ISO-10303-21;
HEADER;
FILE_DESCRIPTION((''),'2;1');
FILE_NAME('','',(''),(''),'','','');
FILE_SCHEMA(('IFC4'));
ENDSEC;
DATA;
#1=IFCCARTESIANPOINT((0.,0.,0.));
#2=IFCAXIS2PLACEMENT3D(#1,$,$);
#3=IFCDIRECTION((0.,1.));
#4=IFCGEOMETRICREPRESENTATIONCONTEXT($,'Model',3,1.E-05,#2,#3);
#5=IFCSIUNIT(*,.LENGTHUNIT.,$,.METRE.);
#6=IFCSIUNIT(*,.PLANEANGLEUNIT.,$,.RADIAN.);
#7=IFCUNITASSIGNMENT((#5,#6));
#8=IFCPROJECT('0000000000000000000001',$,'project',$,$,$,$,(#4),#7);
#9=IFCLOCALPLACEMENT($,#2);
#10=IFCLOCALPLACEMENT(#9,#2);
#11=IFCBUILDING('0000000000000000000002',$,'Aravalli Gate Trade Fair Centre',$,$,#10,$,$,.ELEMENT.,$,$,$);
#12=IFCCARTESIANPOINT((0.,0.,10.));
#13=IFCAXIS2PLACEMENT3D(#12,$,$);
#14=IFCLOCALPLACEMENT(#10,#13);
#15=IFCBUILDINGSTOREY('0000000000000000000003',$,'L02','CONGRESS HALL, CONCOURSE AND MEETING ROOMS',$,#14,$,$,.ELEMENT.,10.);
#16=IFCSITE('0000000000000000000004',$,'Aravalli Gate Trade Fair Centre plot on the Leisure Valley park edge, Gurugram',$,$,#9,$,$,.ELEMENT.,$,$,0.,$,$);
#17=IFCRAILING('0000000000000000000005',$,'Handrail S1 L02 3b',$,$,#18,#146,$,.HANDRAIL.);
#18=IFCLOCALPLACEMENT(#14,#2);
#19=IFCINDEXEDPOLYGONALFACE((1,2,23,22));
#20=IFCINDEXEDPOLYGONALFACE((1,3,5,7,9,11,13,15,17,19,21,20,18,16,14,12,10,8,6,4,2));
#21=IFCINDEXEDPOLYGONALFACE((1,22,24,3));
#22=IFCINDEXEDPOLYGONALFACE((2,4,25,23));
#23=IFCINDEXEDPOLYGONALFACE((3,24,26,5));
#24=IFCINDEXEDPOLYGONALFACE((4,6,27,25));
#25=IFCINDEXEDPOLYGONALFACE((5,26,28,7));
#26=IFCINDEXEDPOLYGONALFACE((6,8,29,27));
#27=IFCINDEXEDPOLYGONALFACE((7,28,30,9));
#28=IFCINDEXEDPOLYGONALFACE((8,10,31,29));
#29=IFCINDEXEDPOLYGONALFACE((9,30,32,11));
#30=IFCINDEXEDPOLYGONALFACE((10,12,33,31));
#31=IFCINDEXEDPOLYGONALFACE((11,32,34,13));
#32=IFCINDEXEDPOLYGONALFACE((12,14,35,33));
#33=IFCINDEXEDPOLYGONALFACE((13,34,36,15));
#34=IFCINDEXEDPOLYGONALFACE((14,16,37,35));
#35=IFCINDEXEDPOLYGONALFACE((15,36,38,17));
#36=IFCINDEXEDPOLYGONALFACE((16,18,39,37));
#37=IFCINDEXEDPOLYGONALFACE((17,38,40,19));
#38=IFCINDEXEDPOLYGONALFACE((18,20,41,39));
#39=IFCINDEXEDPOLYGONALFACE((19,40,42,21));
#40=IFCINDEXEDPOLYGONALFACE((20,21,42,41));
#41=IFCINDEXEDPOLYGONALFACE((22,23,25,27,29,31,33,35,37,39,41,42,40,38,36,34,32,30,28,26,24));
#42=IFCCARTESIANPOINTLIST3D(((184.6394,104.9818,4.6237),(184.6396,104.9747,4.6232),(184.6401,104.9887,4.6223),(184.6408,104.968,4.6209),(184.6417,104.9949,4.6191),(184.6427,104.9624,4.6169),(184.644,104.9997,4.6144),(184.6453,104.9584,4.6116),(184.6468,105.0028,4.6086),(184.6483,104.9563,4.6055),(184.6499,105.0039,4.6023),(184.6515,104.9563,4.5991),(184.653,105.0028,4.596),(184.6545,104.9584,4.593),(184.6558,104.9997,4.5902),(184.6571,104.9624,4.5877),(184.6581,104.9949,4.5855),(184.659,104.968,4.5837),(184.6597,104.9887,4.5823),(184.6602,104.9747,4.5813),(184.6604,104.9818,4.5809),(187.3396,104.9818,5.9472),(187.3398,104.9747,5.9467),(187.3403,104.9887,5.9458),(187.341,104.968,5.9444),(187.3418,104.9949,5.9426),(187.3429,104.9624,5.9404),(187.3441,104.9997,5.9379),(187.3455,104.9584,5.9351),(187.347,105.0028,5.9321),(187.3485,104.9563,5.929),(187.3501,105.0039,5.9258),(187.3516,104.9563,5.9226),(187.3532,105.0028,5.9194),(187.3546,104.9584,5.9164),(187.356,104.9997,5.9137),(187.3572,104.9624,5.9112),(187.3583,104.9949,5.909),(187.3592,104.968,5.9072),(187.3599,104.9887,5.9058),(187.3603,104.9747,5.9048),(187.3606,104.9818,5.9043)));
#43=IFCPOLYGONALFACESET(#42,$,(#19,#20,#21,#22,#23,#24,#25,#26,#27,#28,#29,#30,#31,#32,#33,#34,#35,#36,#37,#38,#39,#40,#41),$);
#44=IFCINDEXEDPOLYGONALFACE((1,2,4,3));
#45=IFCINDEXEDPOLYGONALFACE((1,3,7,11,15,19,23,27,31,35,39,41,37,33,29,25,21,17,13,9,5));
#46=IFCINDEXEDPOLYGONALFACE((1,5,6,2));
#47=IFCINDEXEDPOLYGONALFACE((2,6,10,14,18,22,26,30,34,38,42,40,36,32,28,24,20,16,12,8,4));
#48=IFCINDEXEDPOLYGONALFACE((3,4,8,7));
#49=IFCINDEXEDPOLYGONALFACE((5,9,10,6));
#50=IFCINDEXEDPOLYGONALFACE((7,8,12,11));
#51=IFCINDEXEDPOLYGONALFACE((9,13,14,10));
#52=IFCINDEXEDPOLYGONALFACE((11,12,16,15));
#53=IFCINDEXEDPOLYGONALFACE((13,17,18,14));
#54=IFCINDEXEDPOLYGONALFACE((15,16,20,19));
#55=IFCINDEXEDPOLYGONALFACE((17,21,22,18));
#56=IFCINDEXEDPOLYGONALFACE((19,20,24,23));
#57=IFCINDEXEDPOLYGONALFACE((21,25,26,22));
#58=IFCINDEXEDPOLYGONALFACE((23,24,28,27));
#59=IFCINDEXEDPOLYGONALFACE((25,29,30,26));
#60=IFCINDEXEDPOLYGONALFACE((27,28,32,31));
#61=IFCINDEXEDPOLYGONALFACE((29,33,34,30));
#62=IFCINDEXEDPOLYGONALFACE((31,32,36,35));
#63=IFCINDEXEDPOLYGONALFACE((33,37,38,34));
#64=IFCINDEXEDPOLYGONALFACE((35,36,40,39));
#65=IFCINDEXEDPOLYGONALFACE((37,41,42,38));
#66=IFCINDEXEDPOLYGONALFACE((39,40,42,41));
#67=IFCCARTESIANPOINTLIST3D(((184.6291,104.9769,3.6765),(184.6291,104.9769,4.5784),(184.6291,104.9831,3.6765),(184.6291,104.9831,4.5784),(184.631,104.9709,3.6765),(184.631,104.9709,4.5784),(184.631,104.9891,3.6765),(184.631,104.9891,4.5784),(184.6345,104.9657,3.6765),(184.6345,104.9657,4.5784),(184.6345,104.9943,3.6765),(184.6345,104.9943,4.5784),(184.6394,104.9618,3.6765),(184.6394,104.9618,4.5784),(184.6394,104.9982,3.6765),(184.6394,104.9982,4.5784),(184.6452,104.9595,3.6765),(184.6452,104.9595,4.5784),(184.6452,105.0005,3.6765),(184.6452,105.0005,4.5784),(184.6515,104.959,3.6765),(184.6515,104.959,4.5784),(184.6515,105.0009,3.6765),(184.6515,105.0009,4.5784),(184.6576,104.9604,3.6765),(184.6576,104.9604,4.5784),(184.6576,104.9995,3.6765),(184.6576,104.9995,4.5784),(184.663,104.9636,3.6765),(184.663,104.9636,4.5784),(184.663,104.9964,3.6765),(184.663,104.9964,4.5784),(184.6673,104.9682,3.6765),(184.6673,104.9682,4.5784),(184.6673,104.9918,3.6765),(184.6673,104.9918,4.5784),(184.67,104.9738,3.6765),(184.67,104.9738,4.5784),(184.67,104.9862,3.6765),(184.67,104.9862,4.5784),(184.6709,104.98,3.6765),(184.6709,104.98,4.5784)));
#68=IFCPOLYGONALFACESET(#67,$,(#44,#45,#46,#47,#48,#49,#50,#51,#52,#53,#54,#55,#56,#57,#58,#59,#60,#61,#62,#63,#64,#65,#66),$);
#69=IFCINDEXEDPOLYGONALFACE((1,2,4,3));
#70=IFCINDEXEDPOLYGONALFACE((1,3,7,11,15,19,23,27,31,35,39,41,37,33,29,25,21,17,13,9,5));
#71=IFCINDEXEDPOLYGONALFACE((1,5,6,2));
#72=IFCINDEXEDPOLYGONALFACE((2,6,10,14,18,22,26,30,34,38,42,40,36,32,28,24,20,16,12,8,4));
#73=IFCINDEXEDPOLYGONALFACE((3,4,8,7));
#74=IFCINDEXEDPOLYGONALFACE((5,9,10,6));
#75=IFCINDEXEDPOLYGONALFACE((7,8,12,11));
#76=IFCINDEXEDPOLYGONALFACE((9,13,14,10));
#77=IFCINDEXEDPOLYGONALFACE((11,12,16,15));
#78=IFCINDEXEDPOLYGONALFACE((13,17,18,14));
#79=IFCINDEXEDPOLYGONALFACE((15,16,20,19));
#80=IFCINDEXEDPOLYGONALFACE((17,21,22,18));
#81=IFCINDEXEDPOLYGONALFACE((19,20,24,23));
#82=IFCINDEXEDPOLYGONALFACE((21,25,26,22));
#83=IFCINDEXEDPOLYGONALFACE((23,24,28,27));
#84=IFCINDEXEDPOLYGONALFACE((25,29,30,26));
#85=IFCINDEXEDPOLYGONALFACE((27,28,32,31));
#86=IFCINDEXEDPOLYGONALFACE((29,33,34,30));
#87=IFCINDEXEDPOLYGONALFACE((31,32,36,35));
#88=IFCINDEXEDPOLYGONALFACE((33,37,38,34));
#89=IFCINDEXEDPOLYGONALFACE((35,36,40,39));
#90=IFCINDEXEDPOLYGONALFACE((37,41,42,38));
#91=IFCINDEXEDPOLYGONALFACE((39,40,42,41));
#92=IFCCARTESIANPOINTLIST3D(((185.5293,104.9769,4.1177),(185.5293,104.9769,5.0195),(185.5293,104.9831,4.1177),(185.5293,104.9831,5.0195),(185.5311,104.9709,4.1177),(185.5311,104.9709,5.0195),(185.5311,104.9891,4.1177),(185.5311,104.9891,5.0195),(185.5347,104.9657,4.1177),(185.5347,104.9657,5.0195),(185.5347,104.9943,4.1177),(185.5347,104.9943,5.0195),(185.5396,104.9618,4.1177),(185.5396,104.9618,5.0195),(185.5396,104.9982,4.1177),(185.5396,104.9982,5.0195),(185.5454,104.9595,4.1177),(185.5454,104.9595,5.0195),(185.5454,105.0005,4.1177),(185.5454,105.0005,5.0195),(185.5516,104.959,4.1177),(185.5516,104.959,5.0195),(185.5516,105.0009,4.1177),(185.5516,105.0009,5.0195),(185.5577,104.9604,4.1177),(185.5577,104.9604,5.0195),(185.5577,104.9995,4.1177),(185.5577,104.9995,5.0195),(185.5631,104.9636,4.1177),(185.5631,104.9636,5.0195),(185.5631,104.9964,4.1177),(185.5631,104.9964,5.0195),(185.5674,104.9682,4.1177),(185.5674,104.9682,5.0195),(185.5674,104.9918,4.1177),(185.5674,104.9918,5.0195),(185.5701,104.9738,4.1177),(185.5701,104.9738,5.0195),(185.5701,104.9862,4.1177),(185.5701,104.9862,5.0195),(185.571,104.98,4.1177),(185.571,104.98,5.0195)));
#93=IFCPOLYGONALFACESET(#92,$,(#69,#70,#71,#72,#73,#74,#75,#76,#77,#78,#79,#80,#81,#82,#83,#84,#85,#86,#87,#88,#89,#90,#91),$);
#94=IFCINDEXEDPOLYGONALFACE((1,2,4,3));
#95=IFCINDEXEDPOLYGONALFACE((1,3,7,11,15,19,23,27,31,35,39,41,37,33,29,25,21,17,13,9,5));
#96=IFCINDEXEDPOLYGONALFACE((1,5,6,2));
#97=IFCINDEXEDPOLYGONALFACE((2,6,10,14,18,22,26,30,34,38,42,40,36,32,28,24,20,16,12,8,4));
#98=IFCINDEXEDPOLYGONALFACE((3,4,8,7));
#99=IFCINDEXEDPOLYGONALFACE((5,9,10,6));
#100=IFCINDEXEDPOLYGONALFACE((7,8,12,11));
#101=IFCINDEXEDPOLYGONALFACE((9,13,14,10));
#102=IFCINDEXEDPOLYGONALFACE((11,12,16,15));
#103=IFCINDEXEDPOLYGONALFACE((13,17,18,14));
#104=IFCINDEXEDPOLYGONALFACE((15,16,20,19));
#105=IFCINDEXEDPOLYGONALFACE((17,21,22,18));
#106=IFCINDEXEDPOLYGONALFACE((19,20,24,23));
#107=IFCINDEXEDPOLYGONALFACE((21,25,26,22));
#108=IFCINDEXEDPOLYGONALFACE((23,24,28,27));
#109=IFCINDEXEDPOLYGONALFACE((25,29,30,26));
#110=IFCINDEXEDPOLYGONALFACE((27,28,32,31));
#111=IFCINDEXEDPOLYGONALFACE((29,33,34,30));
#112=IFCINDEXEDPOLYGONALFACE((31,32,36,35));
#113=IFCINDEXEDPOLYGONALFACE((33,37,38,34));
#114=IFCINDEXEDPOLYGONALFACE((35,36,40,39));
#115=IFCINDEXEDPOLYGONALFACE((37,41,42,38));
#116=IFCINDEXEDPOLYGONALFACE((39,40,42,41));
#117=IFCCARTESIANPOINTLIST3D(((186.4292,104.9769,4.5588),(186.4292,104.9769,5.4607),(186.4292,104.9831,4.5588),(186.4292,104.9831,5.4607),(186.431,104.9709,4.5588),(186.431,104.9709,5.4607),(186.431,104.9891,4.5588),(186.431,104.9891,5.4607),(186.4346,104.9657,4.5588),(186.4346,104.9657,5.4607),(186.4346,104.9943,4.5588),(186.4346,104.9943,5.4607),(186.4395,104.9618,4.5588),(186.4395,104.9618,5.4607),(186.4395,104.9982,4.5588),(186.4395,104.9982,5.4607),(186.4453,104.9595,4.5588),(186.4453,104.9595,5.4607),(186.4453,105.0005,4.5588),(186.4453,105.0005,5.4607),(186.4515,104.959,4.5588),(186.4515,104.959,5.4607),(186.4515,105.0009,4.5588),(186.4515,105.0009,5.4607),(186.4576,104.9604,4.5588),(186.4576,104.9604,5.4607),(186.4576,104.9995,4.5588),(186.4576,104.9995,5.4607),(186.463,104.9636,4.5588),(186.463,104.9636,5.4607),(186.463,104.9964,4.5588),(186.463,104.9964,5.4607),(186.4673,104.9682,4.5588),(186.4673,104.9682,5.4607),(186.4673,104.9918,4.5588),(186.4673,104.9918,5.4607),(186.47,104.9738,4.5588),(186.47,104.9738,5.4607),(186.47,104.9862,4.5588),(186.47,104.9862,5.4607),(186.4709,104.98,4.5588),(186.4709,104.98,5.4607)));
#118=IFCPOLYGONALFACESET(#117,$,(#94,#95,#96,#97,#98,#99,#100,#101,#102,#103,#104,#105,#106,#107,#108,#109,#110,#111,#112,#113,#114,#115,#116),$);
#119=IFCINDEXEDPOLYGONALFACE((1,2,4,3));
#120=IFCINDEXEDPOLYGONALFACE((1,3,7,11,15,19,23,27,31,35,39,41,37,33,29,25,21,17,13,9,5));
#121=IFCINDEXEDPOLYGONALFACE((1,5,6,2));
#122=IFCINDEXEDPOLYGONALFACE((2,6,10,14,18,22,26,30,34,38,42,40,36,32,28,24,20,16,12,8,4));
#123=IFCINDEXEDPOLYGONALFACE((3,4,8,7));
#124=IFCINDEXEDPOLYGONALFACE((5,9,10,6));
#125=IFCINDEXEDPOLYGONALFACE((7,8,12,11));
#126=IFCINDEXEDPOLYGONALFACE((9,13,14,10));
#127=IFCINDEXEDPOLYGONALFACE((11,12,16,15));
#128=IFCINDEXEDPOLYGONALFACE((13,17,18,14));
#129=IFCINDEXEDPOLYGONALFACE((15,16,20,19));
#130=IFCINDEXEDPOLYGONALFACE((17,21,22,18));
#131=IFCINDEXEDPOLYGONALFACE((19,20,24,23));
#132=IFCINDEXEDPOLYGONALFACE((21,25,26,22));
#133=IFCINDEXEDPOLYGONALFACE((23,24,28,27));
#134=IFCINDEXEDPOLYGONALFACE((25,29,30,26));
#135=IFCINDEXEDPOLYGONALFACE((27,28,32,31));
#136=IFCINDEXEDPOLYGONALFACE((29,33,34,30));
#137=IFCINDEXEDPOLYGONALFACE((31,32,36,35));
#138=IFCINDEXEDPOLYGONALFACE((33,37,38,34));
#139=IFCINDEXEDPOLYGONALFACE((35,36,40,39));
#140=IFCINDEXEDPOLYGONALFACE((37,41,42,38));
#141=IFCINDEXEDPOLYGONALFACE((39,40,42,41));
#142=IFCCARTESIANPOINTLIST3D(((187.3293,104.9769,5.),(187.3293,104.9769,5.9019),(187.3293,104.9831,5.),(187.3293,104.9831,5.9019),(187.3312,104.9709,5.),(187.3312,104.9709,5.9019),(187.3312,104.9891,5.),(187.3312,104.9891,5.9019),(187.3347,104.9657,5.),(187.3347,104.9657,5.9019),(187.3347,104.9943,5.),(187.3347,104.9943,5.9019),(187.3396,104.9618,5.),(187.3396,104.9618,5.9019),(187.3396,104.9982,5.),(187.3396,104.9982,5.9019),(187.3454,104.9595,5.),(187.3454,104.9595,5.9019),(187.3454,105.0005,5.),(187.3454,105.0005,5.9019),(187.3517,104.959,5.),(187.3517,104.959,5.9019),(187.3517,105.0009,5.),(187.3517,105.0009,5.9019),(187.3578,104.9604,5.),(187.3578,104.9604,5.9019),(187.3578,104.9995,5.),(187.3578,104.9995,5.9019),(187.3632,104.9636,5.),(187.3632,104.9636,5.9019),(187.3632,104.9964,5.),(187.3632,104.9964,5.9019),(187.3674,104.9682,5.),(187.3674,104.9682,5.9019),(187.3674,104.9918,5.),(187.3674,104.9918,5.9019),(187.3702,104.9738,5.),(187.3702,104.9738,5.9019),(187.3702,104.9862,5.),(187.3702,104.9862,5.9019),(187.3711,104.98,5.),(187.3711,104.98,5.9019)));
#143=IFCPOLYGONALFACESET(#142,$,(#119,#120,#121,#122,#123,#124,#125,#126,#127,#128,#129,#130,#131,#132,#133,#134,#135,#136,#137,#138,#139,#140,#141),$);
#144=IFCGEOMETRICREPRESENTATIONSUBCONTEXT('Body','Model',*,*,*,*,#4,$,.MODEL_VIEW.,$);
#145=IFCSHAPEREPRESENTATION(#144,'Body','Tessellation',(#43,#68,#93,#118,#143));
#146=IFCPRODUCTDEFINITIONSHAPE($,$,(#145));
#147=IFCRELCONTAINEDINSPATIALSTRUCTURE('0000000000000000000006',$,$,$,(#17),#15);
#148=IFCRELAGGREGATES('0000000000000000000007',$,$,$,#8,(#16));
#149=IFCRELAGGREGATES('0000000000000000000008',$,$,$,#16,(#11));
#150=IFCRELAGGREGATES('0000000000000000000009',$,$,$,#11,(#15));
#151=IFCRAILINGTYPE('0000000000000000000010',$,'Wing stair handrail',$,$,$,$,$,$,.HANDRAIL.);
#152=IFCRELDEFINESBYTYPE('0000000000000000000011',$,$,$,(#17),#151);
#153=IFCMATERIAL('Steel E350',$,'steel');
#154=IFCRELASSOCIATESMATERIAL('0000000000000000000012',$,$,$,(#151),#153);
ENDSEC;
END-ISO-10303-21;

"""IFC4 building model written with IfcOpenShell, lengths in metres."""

from ifc_helpers import new_model, si_unit, direction, frame, origin, origin_2d, place, context, subcontext, project, spatial, circle, extrude, material, type_object, element, save


model = new_model("IFC4")

# Units and contexts
model_context = context("Model", 3, precision=1e-05, world=origin(), true_north=direction((0.0, 1.0)))
body_context = subcontext(model_context, "Body", "Model", "MODEL_VIEW")
ifc_project = project(units=[si_unit("LENGTHUNIT", "METRE"), si_unit("PLANEANGLEUNIT", "RADIAN")], contexts=[model_context])

# Site, building, storey
site_placement = place(None, origin())
site = spatial("IfcSite", under=ifc_project, at=site_placement, Name="Aravalli Gate Trade Fair Centre plot on the Leisure Valley park edge, Gurugram", CompositionType="ELEMENT", RefElevation=0.0)
building_placement = place(site_placement, origin())
building = spatial("IfcBuilding", under=site, at=building_placement, Name="Aravalli Gate Trade Fair Centre", CompositionType="ELEMENT")
storey_placement = place(building_placement, frame((0.0, 0.0, 10.0)))
storey = spatial("IfcBuildingStorey", under=building, at=storey_placement, Name="L02", Description="CONGRESS HALL, CONCOURSE AND MEETING ROOMS", CompositionType="ELEMENT", Elevation=10.0)

# Shared definitions
ifc_material_1 = material(Name="Steel E350", Category="steel")

# Railing
railing_type_1 = type_object("IfcRailingType", Name="Wing stair handrail", PredefinedType="HANDRAIL", material=ifc_material_1)
for number, where, name in (
    (1, (184.6499, 104.98, 3.6765), "Handrail S1 L02 3b"),
):
    element("IfcRailing", number, at=place(storey_placement, frame(where)), inside=storey, type_object=railing_type_1, Name=name, PredefinedType="HANDRAIL", context=body_context, shape_type="SweptSolid", body=[
        extrude(circle(Radius=0.0239, at=origin_2d()), frame((0.0, 0.0, 0.9258), z_axis=(0.897939, 0.0, 0.44012), x_axis=(0.0, 1.0, 0.0)), (0.0, 0.0, 1.0), 3.0071),
        extrude(circle(Radius=0.021, at=origin_2d()), origin(), (0.0, 0.0, 1.0), 0.9019),
        extrude(circle(Radius=0.021, at=origin_2d()), frame((0.9001, 0.0, 0.4412)), (0.0, 0.0, 1.0), 0.9019),
        extrude(circle(Radius=0.021, at=origin_2d()), frame((1.8, 0.0, 0.8823)), (0.0, 0.0, 1.0), 0.9019),
        extrude(circle(Radius=0.021, at=origin_2d()), frame((2.7002, 0.0, 1.3235)), (0.0, 0.0, 1.0), 0.9019),
    ])

save(model, "model.ifc")
